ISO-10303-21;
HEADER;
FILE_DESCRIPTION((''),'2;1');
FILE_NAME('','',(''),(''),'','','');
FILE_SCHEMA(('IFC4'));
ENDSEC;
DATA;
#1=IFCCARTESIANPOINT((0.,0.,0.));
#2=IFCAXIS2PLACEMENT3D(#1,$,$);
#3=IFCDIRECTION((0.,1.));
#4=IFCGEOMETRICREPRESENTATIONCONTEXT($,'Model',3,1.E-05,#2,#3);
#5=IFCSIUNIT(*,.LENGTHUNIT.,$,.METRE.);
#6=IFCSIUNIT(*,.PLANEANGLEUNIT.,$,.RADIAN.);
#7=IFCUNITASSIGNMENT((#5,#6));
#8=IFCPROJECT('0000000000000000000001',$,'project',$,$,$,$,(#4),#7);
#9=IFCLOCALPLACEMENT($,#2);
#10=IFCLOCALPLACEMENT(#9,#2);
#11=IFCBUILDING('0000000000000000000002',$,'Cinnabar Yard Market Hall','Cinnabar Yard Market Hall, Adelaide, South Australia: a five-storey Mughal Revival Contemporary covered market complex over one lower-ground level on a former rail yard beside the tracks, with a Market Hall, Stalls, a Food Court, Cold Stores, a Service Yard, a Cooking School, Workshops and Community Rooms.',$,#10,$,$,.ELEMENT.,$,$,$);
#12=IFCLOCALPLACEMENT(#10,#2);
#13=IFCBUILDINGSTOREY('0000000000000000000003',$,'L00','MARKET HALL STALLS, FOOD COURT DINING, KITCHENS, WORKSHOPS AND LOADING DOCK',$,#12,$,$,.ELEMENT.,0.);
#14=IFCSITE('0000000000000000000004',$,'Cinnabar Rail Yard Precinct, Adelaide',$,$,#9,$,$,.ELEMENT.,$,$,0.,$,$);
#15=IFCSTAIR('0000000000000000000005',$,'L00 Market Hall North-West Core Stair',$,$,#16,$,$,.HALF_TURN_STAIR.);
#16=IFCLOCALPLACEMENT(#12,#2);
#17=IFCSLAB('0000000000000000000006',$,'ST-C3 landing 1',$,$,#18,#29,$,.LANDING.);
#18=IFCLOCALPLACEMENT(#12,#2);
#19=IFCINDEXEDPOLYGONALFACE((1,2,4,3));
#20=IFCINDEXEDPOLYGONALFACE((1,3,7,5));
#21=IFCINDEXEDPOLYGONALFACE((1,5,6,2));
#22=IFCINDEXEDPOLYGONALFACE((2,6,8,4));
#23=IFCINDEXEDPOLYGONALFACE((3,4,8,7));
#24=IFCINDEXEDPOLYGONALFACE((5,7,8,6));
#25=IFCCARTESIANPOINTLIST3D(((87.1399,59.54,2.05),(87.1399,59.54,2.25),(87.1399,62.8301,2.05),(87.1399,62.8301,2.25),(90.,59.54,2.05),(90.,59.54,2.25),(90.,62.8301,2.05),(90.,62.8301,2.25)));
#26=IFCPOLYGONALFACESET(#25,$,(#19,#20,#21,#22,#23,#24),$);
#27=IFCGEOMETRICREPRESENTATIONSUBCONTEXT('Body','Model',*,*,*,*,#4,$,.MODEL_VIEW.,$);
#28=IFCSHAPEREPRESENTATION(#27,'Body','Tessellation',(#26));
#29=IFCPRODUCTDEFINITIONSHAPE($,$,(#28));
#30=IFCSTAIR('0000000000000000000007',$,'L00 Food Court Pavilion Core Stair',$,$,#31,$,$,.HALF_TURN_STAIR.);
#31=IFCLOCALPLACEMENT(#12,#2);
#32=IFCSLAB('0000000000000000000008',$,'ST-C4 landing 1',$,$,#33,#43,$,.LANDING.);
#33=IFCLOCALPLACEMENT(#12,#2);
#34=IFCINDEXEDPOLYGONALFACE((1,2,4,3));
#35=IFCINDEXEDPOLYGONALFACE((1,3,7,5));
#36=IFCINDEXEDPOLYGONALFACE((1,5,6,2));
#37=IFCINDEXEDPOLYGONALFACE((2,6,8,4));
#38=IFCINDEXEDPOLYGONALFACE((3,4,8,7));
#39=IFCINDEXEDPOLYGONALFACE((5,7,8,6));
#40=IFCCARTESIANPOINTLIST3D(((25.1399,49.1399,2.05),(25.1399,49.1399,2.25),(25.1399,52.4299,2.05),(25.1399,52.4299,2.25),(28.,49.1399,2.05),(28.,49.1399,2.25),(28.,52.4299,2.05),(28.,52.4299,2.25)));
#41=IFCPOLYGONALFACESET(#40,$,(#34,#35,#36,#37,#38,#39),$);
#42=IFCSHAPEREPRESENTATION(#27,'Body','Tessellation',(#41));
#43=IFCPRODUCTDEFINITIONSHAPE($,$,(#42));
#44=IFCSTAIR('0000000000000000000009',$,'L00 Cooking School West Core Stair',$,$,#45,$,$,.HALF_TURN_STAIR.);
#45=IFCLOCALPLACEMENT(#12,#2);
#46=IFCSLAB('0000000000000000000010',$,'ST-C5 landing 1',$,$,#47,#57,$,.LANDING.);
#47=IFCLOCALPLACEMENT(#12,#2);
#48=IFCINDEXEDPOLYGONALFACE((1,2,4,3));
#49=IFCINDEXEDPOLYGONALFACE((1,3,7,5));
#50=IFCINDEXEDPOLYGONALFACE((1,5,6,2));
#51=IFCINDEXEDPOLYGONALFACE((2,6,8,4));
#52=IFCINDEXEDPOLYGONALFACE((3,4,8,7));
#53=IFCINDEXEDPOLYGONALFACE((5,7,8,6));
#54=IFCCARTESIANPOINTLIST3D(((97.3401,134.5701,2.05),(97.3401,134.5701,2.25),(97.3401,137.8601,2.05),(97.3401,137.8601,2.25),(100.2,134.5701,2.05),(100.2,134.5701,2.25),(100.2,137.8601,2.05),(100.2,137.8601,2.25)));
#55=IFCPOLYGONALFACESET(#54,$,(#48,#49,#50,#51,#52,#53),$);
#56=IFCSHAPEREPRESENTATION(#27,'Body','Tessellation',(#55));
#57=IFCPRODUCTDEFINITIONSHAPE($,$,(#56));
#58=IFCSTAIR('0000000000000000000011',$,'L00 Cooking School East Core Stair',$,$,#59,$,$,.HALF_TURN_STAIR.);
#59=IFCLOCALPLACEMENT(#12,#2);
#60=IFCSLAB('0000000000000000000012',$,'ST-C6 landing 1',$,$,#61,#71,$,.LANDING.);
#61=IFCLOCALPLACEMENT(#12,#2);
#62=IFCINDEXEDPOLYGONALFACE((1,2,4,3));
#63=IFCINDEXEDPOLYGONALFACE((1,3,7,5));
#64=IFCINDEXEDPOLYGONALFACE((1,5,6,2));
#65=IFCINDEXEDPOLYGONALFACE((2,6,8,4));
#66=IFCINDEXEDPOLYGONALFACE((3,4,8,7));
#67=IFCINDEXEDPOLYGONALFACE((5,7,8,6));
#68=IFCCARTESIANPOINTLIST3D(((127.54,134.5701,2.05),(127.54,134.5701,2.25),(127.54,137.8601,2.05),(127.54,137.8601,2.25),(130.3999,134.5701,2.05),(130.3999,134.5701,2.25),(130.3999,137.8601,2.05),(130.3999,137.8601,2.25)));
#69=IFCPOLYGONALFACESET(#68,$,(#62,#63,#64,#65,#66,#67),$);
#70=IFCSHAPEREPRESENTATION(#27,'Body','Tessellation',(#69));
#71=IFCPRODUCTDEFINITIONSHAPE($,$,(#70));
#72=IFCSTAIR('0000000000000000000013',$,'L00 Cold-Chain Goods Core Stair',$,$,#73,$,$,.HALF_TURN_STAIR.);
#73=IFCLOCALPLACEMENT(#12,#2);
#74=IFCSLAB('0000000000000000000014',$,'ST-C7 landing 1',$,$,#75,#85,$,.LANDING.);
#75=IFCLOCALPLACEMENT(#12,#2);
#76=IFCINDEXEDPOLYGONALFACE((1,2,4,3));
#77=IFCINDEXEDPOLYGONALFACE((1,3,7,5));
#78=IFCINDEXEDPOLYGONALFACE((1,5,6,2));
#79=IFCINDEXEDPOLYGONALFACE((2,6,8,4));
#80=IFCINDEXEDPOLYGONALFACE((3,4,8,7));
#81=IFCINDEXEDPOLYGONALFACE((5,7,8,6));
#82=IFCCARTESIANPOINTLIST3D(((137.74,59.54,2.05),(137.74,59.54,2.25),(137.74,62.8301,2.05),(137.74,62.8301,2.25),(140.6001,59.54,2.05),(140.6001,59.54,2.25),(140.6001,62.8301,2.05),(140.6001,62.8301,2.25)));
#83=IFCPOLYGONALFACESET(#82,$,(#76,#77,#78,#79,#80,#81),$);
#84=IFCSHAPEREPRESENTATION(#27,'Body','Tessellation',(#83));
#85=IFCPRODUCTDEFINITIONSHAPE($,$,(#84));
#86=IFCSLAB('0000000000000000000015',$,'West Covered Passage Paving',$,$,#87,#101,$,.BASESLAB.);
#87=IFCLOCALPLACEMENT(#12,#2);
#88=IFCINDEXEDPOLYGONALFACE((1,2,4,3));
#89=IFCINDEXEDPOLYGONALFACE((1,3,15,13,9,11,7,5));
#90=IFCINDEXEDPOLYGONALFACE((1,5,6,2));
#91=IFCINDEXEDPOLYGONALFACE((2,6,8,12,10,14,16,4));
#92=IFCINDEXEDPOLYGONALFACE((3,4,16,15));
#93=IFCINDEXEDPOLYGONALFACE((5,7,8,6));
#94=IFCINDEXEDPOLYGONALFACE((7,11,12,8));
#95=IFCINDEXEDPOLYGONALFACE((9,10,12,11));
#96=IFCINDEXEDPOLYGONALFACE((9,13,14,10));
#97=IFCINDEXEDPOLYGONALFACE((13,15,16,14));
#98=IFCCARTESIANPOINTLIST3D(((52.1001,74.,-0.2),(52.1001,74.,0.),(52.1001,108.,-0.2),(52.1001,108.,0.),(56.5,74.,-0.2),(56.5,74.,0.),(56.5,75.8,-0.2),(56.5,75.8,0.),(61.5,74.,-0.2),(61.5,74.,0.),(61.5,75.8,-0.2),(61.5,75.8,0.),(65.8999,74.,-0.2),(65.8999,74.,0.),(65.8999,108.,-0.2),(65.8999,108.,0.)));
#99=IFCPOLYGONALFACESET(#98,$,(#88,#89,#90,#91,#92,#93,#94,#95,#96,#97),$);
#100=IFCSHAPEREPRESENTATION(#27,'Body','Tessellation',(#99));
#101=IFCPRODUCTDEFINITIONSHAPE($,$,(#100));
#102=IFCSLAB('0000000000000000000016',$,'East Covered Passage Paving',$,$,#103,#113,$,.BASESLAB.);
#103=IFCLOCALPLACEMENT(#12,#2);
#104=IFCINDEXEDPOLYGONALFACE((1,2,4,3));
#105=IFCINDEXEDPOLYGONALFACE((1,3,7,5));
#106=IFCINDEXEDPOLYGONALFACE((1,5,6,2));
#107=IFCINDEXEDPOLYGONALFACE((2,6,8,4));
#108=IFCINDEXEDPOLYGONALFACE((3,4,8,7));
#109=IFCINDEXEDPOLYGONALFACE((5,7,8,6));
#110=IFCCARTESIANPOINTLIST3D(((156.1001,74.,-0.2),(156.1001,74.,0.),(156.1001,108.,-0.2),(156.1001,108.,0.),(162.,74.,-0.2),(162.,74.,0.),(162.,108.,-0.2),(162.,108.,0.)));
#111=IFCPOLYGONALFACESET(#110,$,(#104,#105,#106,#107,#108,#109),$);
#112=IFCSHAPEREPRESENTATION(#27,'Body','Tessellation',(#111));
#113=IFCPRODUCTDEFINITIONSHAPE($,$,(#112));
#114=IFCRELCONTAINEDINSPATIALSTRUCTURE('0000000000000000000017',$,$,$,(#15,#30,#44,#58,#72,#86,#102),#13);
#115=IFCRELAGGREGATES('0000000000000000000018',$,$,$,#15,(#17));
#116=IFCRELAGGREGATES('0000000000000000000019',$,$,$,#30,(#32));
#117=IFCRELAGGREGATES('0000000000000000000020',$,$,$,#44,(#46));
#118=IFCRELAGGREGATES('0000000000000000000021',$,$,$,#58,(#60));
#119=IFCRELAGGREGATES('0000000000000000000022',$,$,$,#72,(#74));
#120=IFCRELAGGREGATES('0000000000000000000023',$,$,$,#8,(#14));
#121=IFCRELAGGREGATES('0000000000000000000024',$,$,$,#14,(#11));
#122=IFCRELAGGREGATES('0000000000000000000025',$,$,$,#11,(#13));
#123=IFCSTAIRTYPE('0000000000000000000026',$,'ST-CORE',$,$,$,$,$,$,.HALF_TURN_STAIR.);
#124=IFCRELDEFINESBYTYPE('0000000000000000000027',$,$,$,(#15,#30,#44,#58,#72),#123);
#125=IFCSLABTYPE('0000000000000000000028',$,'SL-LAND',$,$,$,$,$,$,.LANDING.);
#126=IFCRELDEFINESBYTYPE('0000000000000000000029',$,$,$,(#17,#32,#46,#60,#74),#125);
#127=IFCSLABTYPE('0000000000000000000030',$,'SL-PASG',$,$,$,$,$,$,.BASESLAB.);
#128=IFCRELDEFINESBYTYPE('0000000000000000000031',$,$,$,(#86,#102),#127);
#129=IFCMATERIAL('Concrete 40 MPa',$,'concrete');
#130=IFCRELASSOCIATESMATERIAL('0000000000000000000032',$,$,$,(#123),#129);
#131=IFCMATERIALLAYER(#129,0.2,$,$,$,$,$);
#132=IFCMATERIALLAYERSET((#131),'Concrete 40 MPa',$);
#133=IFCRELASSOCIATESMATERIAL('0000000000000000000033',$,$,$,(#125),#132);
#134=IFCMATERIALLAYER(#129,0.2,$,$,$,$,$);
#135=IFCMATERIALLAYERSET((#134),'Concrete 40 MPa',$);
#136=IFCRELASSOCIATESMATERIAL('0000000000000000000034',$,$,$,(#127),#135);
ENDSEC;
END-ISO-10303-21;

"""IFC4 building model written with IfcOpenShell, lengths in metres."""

from ifc_helpers import new_model, si_unit, direction, frame, origin, place, context, subcontext, project, spatial, polyline, outline, extrude, material, layer, layer_set, type_object, element, aggregate, save


model = new_model("IFC4")

# Units and contexts
model_context = context("Model", 3, precision=1e-05, world=origin(), true_north=direction((0.0, 1.0)))
body_context = subcontext(model_context, "Body", "Model", "MODEL_VIEW")
ifc_project = project(units=[si_unit("LENGTHUNIT", "METRE"), si_unit("PLANEANGLEUNIT", "RADIAN")], contexts=[model_context])

# Site, building, storey
site_placement = place(None, origin())
site = spatial("IfcSite", under=ifc_project, at=site_placement, Name="Cinnabar Rail Yard Precinct, Adelaide", CompositionType="ELEMENT", RefElevation=0.0)
building_placement = place(site_placement, origin())
building = spatial("IfcBuilding", under=site, at=building_placement, Name="Cinnabar Yard Market Hall", Description="Cinnabar Yard Market Hall, Adelaide, South Australia: a five-storey Mughal Revival Contemporary covered market complex over one lower-ground level on a former rail yard beside the tracks, with a Market Hall, Stalls, a Food Court, Cold Stores, a Service Yard, a Cooking School, Workshops and Community Rooms.", CompositionType="ELEMENT")
storey_placement = place(building_placement, origin())
storey = spatial("IfcBuildingStorey", under=building, at=storey_placement, Name="L00", Description="MARKET HALL STALLS, FOOD COURT DINING, KITCHENS, WORKSHOPS AND LOADING DOCK", CompositionType="ELEMENT", Elevation=0.0)

# Shared definitions
ifc_material = material(Name="Concrete 40 MPa", Category="concrete")

# Stairs, slabs
stair_type = type_object("IfcStairType", Name="ST-CORE", PredefinedType="HALF_TURN_STAIR", material=ifc_material)
ifc_layer_1 = layer(ifc_material, 0.2)
ifc_layer_set_1 = layer_set([ifc_layer_1], Name="Concrete 40 MPa")
slab_type_1 = type_object("IfcSlabType", Name="SL-LAND", PredefinedType="LANDING", material=ifc_layer_set_1)
stair_1_placement = place(storey_placement, origin())
stair_1 = element("IfcStair", 1, at=stair_1_placement, inside=storey, type_object=stair_type, Name="L00 Market Hall North-West Core Stair", PredefinedType="HALF_TURN_STAIR")
slab_1_placement = place(storey_placement, frame((0.0, 0.0, 2.05)))
slab_1 = element("IfcSlab", 2, at=slab_1_placement, type_object=slab_type_1, Name="ST-C3 landing 1", PredefinedType="LANDING", context=body_context, shape_type="SweptSolid", body=[
    extrude(outline(polyline([(87.1399, 62.8301), (87.1399, 59.54), (90.0, 59.54), (90.0, 62.8301), (87.1399, 62.8301)])), origin(), (0.0, 0.0, 1.0), 0.2),
])
aggregate(stair_1, [slab_1])
stair_2_placement = place(storey_placement, origin())
stair_2 = element("IfcStair", 3, at=stair_2_placement, inside=storey, type_object=stair_type, Name="L00 Food Court Pavilion Core Stair", PredefinedType="HALF_TURN_STAIR")
slab_2_placement = place(storey_placement, frame((0.0, 0.0, 2.05)))
slab_2 = element("IfcSlab", 4, at=slab_2_placement, type_object=slab_type_1, Name="ST-C4 landing 1", PredefinedType="LANDING", context=body_context, shape_type="SweptSolid", body=[
    extrude(outline(polyline([(25.1399, 52.4299), (25.1399, 49.1399), (28.0, 49.1399), (28.0, 52.4299), (25.1399, 52.4299)])), origin(), (0.0, 0.0, 1.0), 0.2),
])
aggregate(stair_2, [slab_2])
stair_3_placement = place(storey_placement, origin())
stair_3 = element("IfcStair", 5, at=stair_3_placement, inside=storey, type_object=stair_type, Name="L00 Cooking School West Core Stair", PredefinedType="HALF_TURN_STAIR")
slab_3_placement = place(storey_placement, frame((0.0, 0.0, 2.05)))
slab_3 = element("IfcSlab", 6, at=slab_3_placement, type_object=slab_type_1, Name="ST-C5 landing 1", PredefinedType="LANDING", context=body_context, shape_type="SweptSolid", body=[
    extrude(outline(polyline([(100.2, 134.5701), (100.2, 137.8601), (97.3401, 137.8601), (97.3401, 134.5701), (100.2, 134.5701)])), origin(), (0.0, 0.0, 1.0), 0.2),
])
aggregate(stair_3, [slab_3])
stair_4_placement = place(storey_placement, origin())
stair_4 = element("IfcStair", 7, at=stair_4_placement, inside=storey, type_object=stair_type, Name="L00 Cooking School East Core Stair", PredefinedType="HALF_TURN_STAIR")
slab_4_placement = place(storey_placement, frame((0.0, 0.0, 2.05)))
slab_4 = element("IfcSlab", 8, at=slab_4_placement, type_object=slab_type_1, Name="ST-C6 landing 1", PredefinedType="LANDING", context=body_context, shape_type="SweptSolid", body=[
    extrude(outline(polyline([(130.3999, 134.5701), (130.3999, 137.8601), (127.54, 137.8601), (127.54, 134.5701), (130.3999, 134.5701)])), origin(), (0.0, 0.0, 1.0), 0.2),
])
aggregate(stair_4, [slab_4])
stair_5_placement = place(storey_placement, origin())
stair_5 = element("IfcStair", 9, at=stair_5_placement, inside=storey, type_object=stair_type, Name="L00 Cold-Chain Goods Core Stair", PredefinedType="HALF_TURN_STAIR")
slab_5_placement = place(storey_placement, frame((0.0, 0.0, 2.05)))
slab_5 = element("IfcSlab", 10, at=slab_5_placement, type_object=slab_type_1, Name="ST-C7 landing 1", PredefinedType="LANDING", context=body_context, shape_type="SweptSolid", body=[
    extrude(outline(polyline([(137.74, 62.8301), (137.74, 59.54), (140.6001, 59.54), (140.6001, 62.8301), (137.74, 62.8301)])), origin(), (0.0, 0.0, 1.0), 0.2),
])
aggregate(stair_5, [slab_5])

# Slabs
ifc_layer_2 = layer(ifc_material, 0.2)
ifc_layer_set_2 = layer_set([ifc_layer_2], Name="Concrete 40 MPa")
slab_type_2 = type_object("IfcSlabType", Name="SL-PASG", PredefinedType="BASESLAB", material=ifc_layer_set_2)
slab_6_placement = place(storey_placement, frame((0.0, 0.0, -0.2)))
element("IfcSlab", 11, at=slab_6_placement, inside=storey, type_object=slab_type_2, Name="West Covered Passage Paving", PredefinedType="BASESLAB", context=body_context, shape_type="SweptSolid", body=[
    extrude(outline(polyline([(52.1001, 74.0), (56.5, 74.0), (56.5, 75.8), (61.5, 75.8), (61.5, 74.0), (65.8999, 74.0), (65.8999, 108.0), (52.1001, 108.0), (52.1001, 74.0)])), origin(), (0.0, 0.0, 1.0), 0.2),
])
slab_7_placement = place(storey_placement, frame((0.0, 0.0, -0.2)))
element("IfcSlab", 12, at=slab_7_placement, inside=storey, type_object=slab_type_2, Name="East Covered Passage Paving", PredefinedType="BASESLAB", context=body_context, shape_type="SweptSolid", body=[
    extrude(outline(polyline([(156.1001, 74.0), (162.0, 74.0), (162.0, 108.0), (156.1001, 108.0), (156.1001, 74.0)])), origin(), (0.0, 0.0, 1.0), 0.2),
])

save(model, "model.ifc")
